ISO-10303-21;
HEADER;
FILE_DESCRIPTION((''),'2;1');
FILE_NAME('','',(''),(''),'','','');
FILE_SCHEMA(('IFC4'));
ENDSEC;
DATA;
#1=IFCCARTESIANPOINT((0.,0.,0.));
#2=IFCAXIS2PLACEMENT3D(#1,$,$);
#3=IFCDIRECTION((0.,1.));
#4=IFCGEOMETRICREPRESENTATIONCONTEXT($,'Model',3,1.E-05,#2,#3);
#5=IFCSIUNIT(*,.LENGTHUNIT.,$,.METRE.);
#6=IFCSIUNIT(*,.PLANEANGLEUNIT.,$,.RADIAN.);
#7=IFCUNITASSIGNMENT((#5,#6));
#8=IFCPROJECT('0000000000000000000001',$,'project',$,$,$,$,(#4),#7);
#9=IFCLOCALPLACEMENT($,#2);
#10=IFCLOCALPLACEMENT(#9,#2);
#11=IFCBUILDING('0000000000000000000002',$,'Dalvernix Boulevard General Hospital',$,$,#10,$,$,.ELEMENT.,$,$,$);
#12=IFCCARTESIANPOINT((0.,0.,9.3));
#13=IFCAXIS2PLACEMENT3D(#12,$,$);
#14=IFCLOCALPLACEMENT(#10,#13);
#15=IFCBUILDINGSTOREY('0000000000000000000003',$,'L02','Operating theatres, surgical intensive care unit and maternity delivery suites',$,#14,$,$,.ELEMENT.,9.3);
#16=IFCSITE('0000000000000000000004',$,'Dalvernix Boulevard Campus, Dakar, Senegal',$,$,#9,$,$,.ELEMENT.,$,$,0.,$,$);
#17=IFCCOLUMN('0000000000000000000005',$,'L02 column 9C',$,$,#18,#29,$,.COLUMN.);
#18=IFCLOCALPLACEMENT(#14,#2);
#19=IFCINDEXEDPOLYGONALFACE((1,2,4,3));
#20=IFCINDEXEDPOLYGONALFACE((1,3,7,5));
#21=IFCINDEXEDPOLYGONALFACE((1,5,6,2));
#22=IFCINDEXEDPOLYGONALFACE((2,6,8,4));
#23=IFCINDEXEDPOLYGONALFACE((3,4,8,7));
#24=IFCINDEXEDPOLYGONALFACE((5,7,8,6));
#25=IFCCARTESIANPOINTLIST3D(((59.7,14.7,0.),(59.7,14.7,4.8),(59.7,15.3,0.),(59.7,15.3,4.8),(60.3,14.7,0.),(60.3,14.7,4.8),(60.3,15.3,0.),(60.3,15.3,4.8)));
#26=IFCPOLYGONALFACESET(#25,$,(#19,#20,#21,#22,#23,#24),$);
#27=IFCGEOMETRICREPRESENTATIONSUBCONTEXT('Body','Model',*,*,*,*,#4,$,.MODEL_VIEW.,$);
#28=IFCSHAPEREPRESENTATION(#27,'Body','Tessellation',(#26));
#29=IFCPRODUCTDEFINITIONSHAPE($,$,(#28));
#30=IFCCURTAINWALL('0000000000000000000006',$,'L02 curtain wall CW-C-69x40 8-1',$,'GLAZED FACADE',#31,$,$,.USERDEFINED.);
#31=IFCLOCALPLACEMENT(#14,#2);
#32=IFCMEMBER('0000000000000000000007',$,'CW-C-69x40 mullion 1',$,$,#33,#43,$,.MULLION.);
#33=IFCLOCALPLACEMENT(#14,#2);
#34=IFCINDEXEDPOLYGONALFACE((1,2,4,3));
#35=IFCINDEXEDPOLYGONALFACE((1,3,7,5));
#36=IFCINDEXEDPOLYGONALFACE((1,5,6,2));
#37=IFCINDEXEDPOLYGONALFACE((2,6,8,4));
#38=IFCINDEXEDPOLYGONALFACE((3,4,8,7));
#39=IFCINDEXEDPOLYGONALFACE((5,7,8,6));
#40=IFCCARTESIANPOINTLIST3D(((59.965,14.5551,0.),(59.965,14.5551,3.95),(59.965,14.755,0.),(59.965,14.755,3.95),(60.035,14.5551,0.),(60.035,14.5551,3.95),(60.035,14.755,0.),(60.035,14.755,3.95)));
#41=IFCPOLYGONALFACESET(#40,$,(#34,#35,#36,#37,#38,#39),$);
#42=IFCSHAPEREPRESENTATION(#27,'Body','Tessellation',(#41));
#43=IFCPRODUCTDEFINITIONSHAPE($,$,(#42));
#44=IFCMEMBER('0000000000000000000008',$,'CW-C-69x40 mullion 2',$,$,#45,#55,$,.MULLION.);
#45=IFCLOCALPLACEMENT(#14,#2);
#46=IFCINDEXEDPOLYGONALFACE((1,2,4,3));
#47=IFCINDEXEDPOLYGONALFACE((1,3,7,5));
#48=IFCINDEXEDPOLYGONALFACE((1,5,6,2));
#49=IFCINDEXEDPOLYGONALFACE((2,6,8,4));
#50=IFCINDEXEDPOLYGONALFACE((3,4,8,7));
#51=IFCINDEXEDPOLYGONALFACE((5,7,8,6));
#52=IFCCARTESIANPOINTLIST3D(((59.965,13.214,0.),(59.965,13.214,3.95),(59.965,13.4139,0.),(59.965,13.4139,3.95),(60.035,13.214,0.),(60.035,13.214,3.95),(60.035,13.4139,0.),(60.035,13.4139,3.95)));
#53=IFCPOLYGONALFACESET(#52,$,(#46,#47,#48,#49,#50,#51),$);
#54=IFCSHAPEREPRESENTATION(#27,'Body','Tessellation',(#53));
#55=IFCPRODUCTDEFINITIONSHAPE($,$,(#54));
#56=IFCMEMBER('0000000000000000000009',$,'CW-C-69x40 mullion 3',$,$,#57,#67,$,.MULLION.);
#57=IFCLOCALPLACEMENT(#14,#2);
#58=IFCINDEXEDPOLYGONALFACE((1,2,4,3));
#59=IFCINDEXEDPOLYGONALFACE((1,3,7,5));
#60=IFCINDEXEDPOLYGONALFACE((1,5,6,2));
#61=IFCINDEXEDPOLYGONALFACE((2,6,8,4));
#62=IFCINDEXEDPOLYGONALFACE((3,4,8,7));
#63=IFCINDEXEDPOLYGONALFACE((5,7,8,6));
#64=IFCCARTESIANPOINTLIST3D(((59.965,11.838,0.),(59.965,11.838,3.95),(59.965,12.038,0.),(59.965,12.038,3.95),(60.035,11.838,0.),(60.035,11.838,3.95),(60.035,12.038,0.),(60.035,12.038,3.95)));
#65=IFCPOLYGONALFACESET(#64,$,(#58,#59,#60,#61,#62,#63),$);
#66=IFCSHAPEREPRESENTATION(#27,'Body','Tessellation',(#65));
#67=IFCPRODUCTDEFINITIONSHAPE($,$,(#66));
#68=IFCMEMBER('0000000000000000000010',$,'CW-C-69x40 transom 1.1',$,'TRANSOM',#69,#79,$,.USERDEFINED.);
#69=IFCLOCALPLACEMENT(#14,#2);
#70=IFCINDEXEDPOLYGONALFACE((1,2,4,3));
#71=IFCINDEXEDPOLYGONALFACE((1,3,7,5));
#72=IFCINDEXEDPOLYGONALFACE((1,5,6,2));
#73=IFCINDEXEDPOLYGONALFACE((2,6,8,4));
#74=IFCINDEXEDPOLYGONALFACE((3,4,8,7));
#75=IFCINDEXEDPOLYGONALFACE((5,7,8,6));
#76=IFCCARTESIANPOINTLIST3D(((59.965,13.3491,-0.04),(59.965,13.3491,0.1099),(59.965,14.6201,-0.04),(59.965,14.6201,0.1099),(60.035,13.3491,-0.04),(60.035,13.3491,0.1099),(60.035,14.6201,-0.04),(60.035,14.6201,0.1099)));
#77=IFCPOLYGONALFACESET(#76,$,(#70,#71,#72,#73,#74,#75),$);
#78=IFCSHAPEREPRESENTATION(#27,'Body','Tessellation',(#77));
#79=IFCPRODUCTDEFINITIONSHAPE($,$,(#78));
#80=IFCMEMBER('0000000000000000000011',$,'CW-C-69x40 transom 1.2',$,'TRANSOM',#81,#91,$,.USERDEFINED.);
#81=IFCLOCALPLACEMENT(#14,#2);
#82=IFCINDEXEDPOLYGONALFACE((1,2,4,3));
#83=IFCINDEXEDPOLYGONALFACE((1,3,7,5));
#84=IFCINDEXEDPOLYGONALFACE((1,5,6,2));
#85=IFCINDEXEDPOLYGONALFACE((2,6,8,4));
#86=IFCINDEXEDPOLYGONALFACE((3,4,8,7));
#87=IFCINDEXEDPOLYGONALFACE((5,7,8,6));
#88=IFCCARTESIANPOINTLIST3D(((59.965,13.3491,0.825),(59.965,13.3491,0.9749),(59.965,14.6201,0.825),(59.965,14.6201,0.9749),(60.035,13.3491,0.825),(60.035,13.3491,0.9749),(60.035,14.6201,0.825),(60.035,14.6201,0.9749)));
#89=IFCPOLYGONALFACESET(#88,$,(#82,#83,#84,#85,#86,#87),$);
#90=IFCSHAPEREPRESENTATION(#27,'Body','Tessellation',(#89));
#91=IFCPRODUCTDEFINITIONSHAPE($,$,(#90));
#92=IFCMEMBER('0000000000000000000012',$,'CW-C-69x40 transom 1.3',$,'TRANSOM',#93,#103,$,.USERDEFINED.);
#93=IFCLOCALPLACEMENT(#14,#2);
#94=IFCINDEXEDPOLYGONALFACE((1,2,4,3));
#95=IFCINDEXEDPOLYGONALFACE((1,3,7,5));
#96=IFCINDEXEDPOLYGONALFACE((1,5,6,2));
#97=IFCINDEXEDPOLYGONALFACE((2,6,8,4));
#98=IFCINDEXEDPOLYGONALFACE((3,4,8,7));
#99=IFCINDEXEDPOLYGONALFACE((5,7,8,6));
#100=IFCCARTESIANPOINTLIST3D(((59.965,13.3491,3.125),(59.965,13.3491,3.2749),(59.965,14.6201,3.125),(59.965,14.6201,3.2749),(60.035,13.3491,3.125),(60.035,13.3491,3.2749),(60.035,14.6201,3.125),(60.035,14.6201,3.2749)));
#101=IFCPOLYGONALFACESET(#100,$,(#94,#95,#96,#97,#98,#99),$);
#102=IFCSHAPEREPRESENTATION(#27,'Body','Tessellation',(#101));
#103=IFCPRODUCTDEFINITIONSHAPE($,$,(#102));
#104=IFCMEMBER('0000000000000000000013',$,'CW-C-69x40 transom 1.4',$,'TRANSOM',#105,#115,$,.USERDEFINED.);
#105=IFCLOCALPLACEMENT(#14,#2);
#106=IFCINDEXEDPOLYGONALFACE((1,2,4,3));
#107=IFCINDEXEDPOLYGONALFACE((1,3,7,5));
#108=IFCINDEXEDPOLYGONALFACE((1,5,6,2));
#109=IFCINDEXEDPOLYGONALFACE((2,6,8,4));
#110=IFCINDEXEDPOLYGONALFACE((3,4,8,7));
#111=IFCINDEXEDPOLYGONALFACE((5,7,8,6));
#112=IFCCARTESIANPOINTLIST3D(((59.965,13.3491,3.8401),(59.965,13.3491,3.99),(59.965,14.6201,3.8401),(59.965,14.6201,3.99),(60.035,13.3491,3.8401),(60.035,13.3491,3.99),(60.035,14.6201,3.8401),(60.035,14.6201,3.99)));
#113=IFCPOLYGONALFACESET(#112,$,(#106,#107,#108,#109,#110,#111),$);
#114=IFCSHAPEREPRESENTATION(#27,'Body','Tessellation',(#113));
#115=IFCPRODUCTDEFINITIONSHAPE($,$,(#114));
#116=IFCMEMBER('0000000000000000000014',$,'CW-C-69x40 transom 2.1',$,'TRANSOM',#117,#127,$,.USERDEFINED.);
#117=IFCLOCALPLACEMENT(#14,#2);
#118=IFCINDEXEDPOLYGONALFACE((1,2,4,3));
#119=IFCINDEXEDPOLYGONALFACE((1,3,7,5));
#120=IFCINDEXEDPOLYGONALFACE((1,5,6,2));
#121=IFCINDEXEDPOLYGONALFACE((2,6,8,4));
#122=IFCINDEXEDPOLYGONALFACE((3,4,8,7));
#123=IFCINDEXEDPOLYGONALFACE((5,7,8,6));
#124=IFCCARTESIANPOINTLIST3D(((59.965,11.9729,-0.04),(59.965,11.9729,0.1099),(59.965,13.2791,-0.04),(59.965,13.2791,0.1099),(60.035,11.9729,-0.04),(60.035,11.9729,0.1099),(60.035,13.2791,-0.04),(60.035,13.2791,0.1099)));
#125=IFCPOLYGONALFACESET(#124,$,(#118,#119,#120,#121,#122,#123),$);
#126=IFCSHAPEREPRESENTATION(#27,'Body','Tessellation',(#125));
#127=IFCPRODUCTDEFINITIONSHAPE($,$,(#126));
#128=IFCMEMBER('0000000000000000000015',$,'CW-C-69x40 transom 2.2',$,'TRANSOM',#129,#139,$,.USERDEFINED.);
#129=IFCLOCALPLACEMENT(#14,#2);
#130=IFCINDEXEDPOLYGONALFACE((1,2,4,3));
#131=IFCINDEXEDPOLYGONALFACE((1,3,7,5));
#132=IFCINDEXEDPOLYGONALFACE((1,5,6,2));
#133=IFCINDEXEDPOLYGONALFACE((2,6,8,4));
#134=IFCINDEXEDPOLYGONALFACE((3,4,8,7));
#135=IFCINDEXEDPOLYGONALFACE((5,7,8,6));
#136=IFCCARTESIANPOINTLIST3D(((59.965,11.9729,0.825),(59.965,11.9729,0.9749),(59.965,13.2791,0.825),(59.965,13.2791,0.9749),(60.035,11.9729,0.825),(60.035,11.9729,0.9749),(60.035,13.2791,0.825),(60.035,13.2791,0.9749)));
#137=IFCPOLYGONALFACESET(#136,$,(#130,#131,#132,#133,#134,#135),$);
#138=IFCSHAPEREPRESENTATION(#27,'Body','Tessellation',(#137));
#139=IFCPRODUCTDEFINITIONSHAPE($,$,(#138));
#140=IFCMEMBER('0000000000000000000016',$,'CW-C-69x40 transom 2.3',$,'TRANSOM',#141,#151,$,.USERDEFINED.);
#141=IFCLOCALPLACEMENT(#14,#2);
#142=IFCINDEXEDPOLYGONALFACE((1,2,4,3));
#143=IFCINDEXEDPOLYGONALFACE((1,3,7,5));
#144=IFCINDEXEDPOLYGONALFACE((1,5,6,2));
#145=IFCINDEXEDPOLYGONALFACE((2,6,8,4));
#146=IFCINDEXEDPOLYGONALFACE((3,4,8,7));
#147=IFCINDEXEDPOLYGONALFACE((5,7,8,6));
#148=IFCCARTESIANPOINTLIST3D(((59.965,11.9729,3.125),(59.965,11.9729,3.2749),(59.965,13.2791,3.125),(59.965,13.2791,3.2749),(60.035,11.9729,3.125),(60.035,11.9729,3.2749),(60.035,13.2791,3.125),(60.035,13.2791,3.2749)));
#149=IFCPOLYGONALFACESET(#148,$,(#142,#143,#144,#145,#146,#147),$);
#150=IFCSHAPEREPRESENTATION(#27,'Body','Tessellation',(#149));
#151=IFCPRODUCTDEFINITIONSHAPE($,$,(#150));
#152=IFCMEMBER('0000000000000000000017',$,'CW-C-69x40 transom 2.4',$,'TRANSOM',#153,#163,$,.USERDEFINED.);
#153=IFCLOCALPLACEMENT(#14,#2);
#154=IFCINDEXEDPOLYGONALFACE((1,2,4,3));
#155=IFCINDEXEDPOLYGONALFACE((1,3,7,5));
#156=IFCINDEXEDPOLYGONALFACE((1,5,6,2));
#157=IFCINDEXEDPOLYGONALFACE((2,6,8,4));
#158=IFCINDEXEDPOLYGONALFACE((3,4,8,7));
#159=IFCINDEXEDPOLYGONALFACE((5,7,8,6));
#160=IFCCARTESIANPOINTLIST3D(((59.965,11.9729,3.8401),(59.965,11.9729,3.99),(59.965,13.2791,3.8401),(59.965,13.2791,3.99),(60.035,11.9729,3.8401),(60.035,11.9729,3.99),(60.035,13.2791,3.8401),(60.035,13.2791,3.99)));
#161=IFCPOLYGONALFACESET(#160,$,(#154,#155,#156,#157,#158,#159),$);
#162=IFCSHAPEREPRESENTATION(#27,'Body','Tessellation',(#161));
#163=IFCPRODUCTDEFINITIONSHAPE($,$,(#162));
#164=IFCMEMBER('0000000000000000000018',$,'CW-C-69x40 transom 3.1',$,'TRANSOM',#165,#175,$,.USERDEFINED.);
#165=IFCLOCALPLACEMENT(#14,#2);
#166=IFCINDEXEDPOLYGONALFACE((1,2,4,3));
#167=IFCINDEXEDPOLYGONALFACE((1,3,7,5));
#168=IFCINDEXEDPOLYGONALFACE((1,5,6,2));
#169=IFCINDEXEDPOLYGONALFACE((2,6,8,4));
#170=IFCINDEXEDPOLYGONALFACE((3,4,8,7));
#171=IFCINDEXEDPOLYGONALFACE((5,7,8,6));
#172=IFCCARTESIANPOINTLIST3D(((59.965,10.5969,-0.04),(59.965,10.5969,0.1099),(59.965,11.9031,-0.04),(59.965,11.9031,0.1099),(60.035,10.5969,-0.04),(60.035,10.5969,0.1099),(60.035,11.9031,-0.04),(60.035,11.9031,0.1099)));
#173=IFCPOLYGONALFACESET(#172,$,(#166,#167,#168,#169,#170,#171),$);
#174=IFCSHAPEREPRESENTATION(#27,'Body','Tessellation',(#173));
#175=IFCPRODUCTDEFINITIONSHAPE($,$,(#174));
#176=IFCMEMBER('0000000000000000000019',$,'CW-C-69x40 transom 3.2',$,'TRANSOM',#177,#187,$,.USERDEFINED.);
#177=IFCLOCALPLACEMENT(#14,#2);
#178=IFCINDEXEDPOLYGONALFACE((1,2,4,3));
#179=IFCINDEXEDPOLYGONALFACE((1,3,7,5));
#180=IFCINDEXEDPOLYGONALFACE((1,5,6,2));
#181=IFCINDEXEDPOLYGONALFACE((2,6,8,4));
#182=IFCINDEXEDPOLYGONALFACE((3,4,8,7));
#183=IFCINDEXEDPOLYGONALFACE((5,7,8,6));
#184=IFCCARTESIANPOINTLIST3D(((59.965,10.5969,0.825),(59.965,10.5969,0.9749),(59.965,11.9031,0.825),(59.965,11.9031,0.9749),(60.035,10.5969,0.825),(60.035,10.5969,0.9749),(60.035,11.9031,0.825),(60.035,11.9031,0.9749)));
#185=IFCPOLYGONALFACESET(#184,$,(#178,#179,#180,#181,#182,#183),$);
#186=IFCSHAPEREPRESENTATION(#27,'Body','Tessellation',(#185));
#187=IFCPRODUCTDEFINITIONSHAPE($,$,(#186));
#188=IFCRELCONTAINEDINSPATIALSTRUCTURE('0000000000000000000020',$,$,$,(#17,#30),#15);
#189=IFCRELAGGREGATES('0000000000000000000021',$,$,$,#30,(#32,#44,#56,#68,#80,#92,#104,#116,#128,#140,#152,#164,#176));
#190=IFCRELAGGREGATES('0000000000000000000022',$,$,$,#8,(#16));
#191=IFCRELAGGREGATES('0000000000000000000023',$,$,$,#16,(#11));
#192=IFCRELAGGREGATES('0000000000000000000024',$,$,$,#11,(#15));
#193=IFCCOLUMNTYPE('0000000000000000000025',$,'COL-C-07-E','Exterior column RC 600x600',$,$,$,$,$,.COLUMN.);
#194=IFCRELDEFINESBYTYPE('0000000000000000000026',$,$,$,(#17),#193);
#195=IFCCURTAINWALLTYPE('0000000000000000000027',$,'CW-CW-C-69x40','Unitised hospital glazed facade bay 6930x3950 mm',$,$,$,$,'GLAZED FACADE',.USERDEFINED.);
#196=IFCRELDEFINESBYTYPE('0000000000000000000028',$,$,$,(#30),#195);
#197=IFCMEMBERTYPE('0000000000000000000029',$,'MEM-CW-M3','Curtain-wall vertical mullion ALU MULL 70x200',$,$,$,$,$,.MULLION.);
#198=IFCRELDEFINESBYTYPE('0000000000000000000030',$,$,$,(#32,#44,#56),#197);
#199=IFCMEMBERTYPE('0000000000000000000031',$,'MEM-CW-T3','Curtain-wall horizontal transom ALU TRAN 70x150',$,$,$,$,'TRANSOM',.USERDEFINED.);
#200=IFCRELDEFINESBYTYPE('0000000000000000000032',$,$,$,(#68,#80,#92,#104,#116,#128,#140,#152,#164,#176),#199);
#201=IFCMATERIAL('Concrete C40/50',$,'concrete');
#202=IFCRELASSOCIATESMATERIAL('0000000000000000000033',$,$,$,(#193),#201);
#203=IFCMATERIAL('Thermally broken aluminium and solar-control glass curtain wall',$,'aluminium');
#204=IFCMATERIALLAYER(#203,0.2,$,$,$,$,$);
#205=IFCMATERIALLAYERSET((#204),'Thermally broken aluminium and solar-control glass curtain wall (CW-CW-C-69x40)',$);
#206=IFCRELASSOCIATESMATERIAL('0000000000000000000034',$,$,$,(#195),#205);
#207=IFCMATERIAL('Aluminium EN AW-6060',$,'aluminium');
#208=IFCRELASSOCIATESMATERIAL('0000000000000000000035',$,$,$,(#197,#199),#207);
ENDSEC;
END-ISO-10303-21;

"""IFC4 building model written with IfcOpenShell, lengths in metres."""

from ifc_helpers import new_model, si_unit, direction, frame, origin, origin_2d, place, context, subcontext, project, spatial, rectangle, extrude, material, layer, layer_set, material_profile, profile_set, type_object, element, aggregate, save


model = new_model("IFC4")

# Units and contexts
model_context = context("Model", 3, precision=1e-05, world=origin(), true_north=direction((0.0, 1.0)))
body_context = subcontext(model_context, "Body", "Model", "MODEL_VIEW")
ifc_project = project(units=[si_unit("LENGTHUNIT", "METRE"), si_unit("PLANEANGLEUNIT", "RADIAN")], contexts=[model_context])

# Site, building, storey
site_placement = place(None, origin())
site = spatial("IfcSite", under=ifc_project, at=site_placement, Name="Dalvernix Boulevard Campus, Dakar, Senegal", CompositionType="ELEMENT", RefElevation=0.0)
building_placement = place(site_placement, origin())
building = spatial("IfcBuilding", under=site, at=building_placement, Name="Dalvernix Boulevard General Hospital", CompositionType="ELEMENT")
storey_placement = place(building_placement, frame((0.0, 0.0, 9.3)))
storey = spatial("IfcBuildingStorey", under=building, at=storey_placement, Name="L02", Description="Operating theatres, surgical intensive care unit and maternity delivery suites", CompositionType="ELEMENT", Elevation=9.3)

# Column
ifc_material_1 = material(Name="Concrete C40/50", Category="concrete")
ifc_material_profile_1 = material_profile(ifc_material_1, rectangle(XDim=0.6001, YDim=0.6001, at=origin_2d()), Name="RC 600x600")
ifc_profile_set_1 = profile_set([ifc_material_profile_1], Name="Concrete C40/50")
column_type = type_object("IfcColumnType", Name="COL-C-07-E", Description="Exterior column RC 600x600", PredefinedType="COLUMN", material=ifc_profile_set_1)
column_placement = place(storey_placement, frame((60.0, 15.0, 0.0), z_axis=(0.0, 0.0, 1.0), x_axis=(1.0, 0.0, 0.0)))
element("IfcColumn", 1, at=column_placement, inside=storey, type_object=column_type, Name="L02 column 9C", PredefinedType="COLUMN", context=body_context, shape_type="SweptSolid", body=[
    extrude(rectangle(XDim=0.6001, YDim=0.6001, at=origin_2d()), origin(), (0.0, 0.0, 1.0), 4.8),
])

# Curtain wall, members
ifc_material_2 = material(Name="Thermally broken aluminium and solar-control glass curtain wall", Category="aluminium")
ifc_layer_1 = layer(ifc_material_2, 0.2)
ifc_layer_set_1 = layer_set([ifc_layer_1], Name="Thermally broken aluminium and solar-control glass curtain wall (CW-CW-C-69x40)")
curtain_wall_type = type_object("IfcCurtainWallType", Name="CW-CW-C-69x40", Description="Unitised hospital glazed facade bay 6930x3950 mm", ElementType="GLAZED FACADE", PredefinedType="USERDEFINED", material=ifc_layer_set_1)
curtain_wall_placement = place(storey_placement, origin())
curtain_wall = element("IfcCurtainWall", 2, at=curtain_wall_placement, inside=storey, type_object=curtain_wall_type, Name="L02 curtain wall CW-C-69x40 8-1", ObjectType="GLAZED FACADE", PredefinedType="USERDEFINED")
ifc_material_3 = material(Name="Aluminium EN AW-6060", Category="aluminium")
ifc_material_profile_2 = material_profile(ifc_material_3, rectangle(XDim=0.0701, YDim=0.2, at=origin_2d()), Name="ALU MULL 70x200")
ifc_profile_set_2 = profile_set([ifc_material_profile_2], Name="Aluminium EN AW-6060")
member_type_1 = type_object("IfcMemberType", Name="MEM-CW-M3", Description="Curtain-wall vertical mullion ALU MULL 70x200", PredefinedType="MULLION", material=ifc_profile_set_2)
member_1_placement = place(storey_placement, frame((60.0, 14.655, 0.0), z_axis=(0.0, 0.0, 1.0), x_axis=(1.0, 0.0, 0.0)))
member_1 = element("IfcMember", 3, at=member_1_placement, type_object=member_type_1, Name="CW-C-69x40 mullion 1", PredefinedType="MULLION", context=body_context, shape_type="SweptSolid", body=[
    extrude(rectangle(XDim=0.0701, YDim=0.2, at=origin_2d()), origin(), (0.0, 0.0, 1.0), 3.95),
])
member_2_placement = place(storey_placement, frame((60.0, 13.314, 0.0), z_axis=(0.0, 0.0, 1.0), x_axis=(1.0, 0.0, 0.0)))
member_2 = element("IfcMember", 4, at=member_2_placement, type_object=member_type_1, Name="CW-C-69x40 mullion 2", PredefinedType="MULLION", context=body_context, shape_type="SweptSolid", body=[
    extrude(rectangle(XDim=0.0701, YDim=0.2, at=origin_2d()), origin(), (0.0, 0.0, 1.0), 3.95),
])
member_3_placement = place(storey_placement, frame((60.0, 11.938, 0.0), z_axis=(0.0, 0.0, 1.0), x_axis=(1.0, 0.0, 0.0)))
member_3 = element("IfcMember", 5, at=member_3_placement, type_object=member_type_1, Name="CW-C-69x40 mullion 3", PredefinedType="MULLION", context=body_context, shape_type="SweptSolid", body=[
    extrude(rectangle(XDim=0.0701, YDim=0.2, at=origin_2d()), origin(), (0.0, 0.0, 1.0), 3.95),
])
ifc_material_profile_3 = material_profile(ifc_material_3, rectangle(XDim=0.0701, YDim=0.1499, at=origin_2d()), Name="ALU TRAN 70x150")
ifc_profile_set_3 = profile_set([ifc_material_profile_3], Name="Aluminium EN AW-6060")
member_type_2 = type_object("IfcMemberType", Name="MEM-CW-T3", Description="Curtain-wall horizontal transom ALU TRAN 70x150", ElementType="TRANSOM", PredefinedType="USERDEFINED", material=ifc_profile_set_3)
member_4_placement = place(storey_placement, frame((60.0, 14.6201, 0.0349), z_axis=(0.0, -1.0, 0.0), x_axis=(1.0, 0.0, 0.0)))
member_4 = element("IfcMember", 6, at=member_4_placement, type_object=member_type_2, Name="CW-C-69x40 transom 1.1", ObjectType="TRANSOM", PredefinedType="USERDEFINED", context=body_context, shape_type="SweptSolid", body=[
    extrude(rectangle(XDim=0.0701, YDim=0.1499, at=origin_2d()), origin(), (0.0, 0.0, 1.0), 1.271),
])
member_5_placement = place(storey_placement, frame((60.0, 14.6201, 0.8999), z_axis=(0.0, -1.0, 0.0), x_axis=(1.0, 0.0, 0.0)))
member_5 = element("IfcMember", 7, at=member_5_placement, type_object=member_type_2, Name="CW-C-69x40 transom 1.2", ObjectType="TRANSOM", PredefinedType="USERDEFINED", context=body_context, shape_type="SweptSolid", body=[
    extrude(rectangle(XDim=0.0701, YDim=0.1499, at=origin_2d()), origin(), (0.0, 0.0, 1.0), 1.271),
])
member_6_placement = place(storey_placement, frame((60.0, 14.6201, 3.2), z_axis=(0.0, -1.0, 0.0), x_axis=(1.0, 0.0, 0.0)))
member_6 = element("IfcMember", 8, at=member_6_placement, type_object=member_type_2, Name="CW-C-69x40 transom 1.3", ObjectType="TRANSOM", PredefinedType="USERDEFINED", context=body_context, shape_type="SweptSolid", body=[
    extrude(rectangle(XDim=0.0701, YDim=0.1499, at=origin_2d()), origin(), (0.0, 0.0, 1.0), 1.271),
])
member_7_placement = place(storey_placement, frame((60.0, 14.6201, 3.915), z_axis=(0.0, -1.0, 0.0), x_axis=(1.0, 0.0, 0.0)))
member_7 = element("IfcMember", 9, at=member_7_placement, type_object=member_type_2, Name="CW-C-69x40 transom 1.4", ObjectType="TRANSOM", PredefinedType="USERDEFINED", context=body_context, shape_type="SweptSolid", body=[
    extrude(rectangle(XDim=0.0701, YDim=0.1499, at=origin_2d()), origin(), (0.0, 0.0, 1.0), 1.271),
])
member_8_placement = place(storey_placement, frame((60.0, 13.2791, 0.0349), z_axis=(0.0, -1.0, 0.0), x_axis=(1.0, 0.0, 0.0)))
member_8 = element("IfcMember", 10, at=member_8_placement, type_object=member_type_2, Name="CW-C-69x40 transom 2.1", ObjectType="TRANSOM", PredefinedType="USERDEFINED", context=body_context, shape_type="SweptSolid", body=[
    extrude(rectangle(XDim=0.0701, YDim=0.1499, at=origin_2d()), origin(), (0.0, 0.0, 1.0), 1.3062),
])
member_9_placement = place(storey_placement, frame((60.0, 13.2791, 0.8999), z_axis=(0.0, -1.0, 0.0), x_axis=(1.0, 0.0, 0.0)))
member_9 = element("IfcMember", 11, at=member_9_placement, type_object=member_type_2, Name="CW-C-69x40 transom 2.2", ObjectType="TRANSOM", PredefinedType="USERDEFINED", context=body_context, shape_type="SweptSolid", body=[
    extrude(rectangle(XDim=0.0701, YDim=0.1499, at=origin_2d()), origin(), (0.0, 0.0, 1.0), 1.3062),
])
member_10_placement = place(storey_placement, frame((60.0, 13.2791, 3.2), z_axis=(0.0, -1.0, 0.0), x_axis=(1.0, 0.0, 0.0)))
member_10 = element("IfcMember", 12, at=member_10_placement, type_object=member_type_2, Name="CW-C-69x40 transom 2.3", ObjectType="TRANSOM", PredefinedType="USERDEFINED", context=body_context, shape_type="SweptSolid", body=[
    extrude(rectangle(XDim=0.0701, YDim=0.1499, at=origin_2d()), origin(), (0.0, 0.0, 1.0), 1.3062),
])
member_11_placement = place(storey_placement, frame((60.0, 13.2791, 3.915), z_axis=(0.0, -1.0, 0.0), x_axis=(1.0, 0.0, 0.0)))
member_11 = element("IfcMember", 13, at=member_11_placement, type_object=member_type_2, Name="CW-C-69x40 transom 2.4", ObjectType="TRANSOM", PredefinedType="USERDEFINED", context=body_context, shape_type="SweptSolid", body=[
    extrude(rectangle(XDim=0.0701, YDim=0.1499, at=origin_2d()), origin(), (0.0, 0.0, 1.0), 1.3062),
])
member_12_placement = place(storey_placement, frame((60.0, 11.9031, 0.0349), z_axis=(0.0, -1.0, 0.0), x_axis=(1.0, 0.0, 0.0)))
member_12 = element("IfcMember", 14, at=member_12_placement, type_object=member_type_2, Name="CW-C-69x40 transom 3.1", ObjectType="TRANSOM", PredefinedType="USERDEFINED", context=body_context, shape_type="SweptSolid", body=[
    extrude(rectangle(XDim=0.0701, YDim=0.1499, at=origin_2d()), origin(), (0.0, 0.0, 1.0), 1.3062),
])
member_13_placement = place(storey_placement, frame((60.0, 11.9031, 0.8999), z_axis=(0.0, -1.0, 0.0), x_axis=(1.0, 0.0, 0.0)))
member_13 = element("IfcMember", 15, at=member_13_placement, type_object=member_type_2, Name="CW-C-69x40 transom 3.2", ObjectType="TRANSOM", PredefinedType="USERDEFINED", context=body_context, shape_type="SweptSolid", body=[
    extrude(rectangle(XDim=0.0701, YDim=0.1499, at=origin_2d()), origin(), (0.0, 0.0, 1.0), 1.3062),
])
aggregate(curtain_wall, [member_1, member_2, member_3, member_4, member_5, member_6, member_7, member_8, member_9, member_10, member_11, member_12, member_13])

save(model, "model.ifc")
